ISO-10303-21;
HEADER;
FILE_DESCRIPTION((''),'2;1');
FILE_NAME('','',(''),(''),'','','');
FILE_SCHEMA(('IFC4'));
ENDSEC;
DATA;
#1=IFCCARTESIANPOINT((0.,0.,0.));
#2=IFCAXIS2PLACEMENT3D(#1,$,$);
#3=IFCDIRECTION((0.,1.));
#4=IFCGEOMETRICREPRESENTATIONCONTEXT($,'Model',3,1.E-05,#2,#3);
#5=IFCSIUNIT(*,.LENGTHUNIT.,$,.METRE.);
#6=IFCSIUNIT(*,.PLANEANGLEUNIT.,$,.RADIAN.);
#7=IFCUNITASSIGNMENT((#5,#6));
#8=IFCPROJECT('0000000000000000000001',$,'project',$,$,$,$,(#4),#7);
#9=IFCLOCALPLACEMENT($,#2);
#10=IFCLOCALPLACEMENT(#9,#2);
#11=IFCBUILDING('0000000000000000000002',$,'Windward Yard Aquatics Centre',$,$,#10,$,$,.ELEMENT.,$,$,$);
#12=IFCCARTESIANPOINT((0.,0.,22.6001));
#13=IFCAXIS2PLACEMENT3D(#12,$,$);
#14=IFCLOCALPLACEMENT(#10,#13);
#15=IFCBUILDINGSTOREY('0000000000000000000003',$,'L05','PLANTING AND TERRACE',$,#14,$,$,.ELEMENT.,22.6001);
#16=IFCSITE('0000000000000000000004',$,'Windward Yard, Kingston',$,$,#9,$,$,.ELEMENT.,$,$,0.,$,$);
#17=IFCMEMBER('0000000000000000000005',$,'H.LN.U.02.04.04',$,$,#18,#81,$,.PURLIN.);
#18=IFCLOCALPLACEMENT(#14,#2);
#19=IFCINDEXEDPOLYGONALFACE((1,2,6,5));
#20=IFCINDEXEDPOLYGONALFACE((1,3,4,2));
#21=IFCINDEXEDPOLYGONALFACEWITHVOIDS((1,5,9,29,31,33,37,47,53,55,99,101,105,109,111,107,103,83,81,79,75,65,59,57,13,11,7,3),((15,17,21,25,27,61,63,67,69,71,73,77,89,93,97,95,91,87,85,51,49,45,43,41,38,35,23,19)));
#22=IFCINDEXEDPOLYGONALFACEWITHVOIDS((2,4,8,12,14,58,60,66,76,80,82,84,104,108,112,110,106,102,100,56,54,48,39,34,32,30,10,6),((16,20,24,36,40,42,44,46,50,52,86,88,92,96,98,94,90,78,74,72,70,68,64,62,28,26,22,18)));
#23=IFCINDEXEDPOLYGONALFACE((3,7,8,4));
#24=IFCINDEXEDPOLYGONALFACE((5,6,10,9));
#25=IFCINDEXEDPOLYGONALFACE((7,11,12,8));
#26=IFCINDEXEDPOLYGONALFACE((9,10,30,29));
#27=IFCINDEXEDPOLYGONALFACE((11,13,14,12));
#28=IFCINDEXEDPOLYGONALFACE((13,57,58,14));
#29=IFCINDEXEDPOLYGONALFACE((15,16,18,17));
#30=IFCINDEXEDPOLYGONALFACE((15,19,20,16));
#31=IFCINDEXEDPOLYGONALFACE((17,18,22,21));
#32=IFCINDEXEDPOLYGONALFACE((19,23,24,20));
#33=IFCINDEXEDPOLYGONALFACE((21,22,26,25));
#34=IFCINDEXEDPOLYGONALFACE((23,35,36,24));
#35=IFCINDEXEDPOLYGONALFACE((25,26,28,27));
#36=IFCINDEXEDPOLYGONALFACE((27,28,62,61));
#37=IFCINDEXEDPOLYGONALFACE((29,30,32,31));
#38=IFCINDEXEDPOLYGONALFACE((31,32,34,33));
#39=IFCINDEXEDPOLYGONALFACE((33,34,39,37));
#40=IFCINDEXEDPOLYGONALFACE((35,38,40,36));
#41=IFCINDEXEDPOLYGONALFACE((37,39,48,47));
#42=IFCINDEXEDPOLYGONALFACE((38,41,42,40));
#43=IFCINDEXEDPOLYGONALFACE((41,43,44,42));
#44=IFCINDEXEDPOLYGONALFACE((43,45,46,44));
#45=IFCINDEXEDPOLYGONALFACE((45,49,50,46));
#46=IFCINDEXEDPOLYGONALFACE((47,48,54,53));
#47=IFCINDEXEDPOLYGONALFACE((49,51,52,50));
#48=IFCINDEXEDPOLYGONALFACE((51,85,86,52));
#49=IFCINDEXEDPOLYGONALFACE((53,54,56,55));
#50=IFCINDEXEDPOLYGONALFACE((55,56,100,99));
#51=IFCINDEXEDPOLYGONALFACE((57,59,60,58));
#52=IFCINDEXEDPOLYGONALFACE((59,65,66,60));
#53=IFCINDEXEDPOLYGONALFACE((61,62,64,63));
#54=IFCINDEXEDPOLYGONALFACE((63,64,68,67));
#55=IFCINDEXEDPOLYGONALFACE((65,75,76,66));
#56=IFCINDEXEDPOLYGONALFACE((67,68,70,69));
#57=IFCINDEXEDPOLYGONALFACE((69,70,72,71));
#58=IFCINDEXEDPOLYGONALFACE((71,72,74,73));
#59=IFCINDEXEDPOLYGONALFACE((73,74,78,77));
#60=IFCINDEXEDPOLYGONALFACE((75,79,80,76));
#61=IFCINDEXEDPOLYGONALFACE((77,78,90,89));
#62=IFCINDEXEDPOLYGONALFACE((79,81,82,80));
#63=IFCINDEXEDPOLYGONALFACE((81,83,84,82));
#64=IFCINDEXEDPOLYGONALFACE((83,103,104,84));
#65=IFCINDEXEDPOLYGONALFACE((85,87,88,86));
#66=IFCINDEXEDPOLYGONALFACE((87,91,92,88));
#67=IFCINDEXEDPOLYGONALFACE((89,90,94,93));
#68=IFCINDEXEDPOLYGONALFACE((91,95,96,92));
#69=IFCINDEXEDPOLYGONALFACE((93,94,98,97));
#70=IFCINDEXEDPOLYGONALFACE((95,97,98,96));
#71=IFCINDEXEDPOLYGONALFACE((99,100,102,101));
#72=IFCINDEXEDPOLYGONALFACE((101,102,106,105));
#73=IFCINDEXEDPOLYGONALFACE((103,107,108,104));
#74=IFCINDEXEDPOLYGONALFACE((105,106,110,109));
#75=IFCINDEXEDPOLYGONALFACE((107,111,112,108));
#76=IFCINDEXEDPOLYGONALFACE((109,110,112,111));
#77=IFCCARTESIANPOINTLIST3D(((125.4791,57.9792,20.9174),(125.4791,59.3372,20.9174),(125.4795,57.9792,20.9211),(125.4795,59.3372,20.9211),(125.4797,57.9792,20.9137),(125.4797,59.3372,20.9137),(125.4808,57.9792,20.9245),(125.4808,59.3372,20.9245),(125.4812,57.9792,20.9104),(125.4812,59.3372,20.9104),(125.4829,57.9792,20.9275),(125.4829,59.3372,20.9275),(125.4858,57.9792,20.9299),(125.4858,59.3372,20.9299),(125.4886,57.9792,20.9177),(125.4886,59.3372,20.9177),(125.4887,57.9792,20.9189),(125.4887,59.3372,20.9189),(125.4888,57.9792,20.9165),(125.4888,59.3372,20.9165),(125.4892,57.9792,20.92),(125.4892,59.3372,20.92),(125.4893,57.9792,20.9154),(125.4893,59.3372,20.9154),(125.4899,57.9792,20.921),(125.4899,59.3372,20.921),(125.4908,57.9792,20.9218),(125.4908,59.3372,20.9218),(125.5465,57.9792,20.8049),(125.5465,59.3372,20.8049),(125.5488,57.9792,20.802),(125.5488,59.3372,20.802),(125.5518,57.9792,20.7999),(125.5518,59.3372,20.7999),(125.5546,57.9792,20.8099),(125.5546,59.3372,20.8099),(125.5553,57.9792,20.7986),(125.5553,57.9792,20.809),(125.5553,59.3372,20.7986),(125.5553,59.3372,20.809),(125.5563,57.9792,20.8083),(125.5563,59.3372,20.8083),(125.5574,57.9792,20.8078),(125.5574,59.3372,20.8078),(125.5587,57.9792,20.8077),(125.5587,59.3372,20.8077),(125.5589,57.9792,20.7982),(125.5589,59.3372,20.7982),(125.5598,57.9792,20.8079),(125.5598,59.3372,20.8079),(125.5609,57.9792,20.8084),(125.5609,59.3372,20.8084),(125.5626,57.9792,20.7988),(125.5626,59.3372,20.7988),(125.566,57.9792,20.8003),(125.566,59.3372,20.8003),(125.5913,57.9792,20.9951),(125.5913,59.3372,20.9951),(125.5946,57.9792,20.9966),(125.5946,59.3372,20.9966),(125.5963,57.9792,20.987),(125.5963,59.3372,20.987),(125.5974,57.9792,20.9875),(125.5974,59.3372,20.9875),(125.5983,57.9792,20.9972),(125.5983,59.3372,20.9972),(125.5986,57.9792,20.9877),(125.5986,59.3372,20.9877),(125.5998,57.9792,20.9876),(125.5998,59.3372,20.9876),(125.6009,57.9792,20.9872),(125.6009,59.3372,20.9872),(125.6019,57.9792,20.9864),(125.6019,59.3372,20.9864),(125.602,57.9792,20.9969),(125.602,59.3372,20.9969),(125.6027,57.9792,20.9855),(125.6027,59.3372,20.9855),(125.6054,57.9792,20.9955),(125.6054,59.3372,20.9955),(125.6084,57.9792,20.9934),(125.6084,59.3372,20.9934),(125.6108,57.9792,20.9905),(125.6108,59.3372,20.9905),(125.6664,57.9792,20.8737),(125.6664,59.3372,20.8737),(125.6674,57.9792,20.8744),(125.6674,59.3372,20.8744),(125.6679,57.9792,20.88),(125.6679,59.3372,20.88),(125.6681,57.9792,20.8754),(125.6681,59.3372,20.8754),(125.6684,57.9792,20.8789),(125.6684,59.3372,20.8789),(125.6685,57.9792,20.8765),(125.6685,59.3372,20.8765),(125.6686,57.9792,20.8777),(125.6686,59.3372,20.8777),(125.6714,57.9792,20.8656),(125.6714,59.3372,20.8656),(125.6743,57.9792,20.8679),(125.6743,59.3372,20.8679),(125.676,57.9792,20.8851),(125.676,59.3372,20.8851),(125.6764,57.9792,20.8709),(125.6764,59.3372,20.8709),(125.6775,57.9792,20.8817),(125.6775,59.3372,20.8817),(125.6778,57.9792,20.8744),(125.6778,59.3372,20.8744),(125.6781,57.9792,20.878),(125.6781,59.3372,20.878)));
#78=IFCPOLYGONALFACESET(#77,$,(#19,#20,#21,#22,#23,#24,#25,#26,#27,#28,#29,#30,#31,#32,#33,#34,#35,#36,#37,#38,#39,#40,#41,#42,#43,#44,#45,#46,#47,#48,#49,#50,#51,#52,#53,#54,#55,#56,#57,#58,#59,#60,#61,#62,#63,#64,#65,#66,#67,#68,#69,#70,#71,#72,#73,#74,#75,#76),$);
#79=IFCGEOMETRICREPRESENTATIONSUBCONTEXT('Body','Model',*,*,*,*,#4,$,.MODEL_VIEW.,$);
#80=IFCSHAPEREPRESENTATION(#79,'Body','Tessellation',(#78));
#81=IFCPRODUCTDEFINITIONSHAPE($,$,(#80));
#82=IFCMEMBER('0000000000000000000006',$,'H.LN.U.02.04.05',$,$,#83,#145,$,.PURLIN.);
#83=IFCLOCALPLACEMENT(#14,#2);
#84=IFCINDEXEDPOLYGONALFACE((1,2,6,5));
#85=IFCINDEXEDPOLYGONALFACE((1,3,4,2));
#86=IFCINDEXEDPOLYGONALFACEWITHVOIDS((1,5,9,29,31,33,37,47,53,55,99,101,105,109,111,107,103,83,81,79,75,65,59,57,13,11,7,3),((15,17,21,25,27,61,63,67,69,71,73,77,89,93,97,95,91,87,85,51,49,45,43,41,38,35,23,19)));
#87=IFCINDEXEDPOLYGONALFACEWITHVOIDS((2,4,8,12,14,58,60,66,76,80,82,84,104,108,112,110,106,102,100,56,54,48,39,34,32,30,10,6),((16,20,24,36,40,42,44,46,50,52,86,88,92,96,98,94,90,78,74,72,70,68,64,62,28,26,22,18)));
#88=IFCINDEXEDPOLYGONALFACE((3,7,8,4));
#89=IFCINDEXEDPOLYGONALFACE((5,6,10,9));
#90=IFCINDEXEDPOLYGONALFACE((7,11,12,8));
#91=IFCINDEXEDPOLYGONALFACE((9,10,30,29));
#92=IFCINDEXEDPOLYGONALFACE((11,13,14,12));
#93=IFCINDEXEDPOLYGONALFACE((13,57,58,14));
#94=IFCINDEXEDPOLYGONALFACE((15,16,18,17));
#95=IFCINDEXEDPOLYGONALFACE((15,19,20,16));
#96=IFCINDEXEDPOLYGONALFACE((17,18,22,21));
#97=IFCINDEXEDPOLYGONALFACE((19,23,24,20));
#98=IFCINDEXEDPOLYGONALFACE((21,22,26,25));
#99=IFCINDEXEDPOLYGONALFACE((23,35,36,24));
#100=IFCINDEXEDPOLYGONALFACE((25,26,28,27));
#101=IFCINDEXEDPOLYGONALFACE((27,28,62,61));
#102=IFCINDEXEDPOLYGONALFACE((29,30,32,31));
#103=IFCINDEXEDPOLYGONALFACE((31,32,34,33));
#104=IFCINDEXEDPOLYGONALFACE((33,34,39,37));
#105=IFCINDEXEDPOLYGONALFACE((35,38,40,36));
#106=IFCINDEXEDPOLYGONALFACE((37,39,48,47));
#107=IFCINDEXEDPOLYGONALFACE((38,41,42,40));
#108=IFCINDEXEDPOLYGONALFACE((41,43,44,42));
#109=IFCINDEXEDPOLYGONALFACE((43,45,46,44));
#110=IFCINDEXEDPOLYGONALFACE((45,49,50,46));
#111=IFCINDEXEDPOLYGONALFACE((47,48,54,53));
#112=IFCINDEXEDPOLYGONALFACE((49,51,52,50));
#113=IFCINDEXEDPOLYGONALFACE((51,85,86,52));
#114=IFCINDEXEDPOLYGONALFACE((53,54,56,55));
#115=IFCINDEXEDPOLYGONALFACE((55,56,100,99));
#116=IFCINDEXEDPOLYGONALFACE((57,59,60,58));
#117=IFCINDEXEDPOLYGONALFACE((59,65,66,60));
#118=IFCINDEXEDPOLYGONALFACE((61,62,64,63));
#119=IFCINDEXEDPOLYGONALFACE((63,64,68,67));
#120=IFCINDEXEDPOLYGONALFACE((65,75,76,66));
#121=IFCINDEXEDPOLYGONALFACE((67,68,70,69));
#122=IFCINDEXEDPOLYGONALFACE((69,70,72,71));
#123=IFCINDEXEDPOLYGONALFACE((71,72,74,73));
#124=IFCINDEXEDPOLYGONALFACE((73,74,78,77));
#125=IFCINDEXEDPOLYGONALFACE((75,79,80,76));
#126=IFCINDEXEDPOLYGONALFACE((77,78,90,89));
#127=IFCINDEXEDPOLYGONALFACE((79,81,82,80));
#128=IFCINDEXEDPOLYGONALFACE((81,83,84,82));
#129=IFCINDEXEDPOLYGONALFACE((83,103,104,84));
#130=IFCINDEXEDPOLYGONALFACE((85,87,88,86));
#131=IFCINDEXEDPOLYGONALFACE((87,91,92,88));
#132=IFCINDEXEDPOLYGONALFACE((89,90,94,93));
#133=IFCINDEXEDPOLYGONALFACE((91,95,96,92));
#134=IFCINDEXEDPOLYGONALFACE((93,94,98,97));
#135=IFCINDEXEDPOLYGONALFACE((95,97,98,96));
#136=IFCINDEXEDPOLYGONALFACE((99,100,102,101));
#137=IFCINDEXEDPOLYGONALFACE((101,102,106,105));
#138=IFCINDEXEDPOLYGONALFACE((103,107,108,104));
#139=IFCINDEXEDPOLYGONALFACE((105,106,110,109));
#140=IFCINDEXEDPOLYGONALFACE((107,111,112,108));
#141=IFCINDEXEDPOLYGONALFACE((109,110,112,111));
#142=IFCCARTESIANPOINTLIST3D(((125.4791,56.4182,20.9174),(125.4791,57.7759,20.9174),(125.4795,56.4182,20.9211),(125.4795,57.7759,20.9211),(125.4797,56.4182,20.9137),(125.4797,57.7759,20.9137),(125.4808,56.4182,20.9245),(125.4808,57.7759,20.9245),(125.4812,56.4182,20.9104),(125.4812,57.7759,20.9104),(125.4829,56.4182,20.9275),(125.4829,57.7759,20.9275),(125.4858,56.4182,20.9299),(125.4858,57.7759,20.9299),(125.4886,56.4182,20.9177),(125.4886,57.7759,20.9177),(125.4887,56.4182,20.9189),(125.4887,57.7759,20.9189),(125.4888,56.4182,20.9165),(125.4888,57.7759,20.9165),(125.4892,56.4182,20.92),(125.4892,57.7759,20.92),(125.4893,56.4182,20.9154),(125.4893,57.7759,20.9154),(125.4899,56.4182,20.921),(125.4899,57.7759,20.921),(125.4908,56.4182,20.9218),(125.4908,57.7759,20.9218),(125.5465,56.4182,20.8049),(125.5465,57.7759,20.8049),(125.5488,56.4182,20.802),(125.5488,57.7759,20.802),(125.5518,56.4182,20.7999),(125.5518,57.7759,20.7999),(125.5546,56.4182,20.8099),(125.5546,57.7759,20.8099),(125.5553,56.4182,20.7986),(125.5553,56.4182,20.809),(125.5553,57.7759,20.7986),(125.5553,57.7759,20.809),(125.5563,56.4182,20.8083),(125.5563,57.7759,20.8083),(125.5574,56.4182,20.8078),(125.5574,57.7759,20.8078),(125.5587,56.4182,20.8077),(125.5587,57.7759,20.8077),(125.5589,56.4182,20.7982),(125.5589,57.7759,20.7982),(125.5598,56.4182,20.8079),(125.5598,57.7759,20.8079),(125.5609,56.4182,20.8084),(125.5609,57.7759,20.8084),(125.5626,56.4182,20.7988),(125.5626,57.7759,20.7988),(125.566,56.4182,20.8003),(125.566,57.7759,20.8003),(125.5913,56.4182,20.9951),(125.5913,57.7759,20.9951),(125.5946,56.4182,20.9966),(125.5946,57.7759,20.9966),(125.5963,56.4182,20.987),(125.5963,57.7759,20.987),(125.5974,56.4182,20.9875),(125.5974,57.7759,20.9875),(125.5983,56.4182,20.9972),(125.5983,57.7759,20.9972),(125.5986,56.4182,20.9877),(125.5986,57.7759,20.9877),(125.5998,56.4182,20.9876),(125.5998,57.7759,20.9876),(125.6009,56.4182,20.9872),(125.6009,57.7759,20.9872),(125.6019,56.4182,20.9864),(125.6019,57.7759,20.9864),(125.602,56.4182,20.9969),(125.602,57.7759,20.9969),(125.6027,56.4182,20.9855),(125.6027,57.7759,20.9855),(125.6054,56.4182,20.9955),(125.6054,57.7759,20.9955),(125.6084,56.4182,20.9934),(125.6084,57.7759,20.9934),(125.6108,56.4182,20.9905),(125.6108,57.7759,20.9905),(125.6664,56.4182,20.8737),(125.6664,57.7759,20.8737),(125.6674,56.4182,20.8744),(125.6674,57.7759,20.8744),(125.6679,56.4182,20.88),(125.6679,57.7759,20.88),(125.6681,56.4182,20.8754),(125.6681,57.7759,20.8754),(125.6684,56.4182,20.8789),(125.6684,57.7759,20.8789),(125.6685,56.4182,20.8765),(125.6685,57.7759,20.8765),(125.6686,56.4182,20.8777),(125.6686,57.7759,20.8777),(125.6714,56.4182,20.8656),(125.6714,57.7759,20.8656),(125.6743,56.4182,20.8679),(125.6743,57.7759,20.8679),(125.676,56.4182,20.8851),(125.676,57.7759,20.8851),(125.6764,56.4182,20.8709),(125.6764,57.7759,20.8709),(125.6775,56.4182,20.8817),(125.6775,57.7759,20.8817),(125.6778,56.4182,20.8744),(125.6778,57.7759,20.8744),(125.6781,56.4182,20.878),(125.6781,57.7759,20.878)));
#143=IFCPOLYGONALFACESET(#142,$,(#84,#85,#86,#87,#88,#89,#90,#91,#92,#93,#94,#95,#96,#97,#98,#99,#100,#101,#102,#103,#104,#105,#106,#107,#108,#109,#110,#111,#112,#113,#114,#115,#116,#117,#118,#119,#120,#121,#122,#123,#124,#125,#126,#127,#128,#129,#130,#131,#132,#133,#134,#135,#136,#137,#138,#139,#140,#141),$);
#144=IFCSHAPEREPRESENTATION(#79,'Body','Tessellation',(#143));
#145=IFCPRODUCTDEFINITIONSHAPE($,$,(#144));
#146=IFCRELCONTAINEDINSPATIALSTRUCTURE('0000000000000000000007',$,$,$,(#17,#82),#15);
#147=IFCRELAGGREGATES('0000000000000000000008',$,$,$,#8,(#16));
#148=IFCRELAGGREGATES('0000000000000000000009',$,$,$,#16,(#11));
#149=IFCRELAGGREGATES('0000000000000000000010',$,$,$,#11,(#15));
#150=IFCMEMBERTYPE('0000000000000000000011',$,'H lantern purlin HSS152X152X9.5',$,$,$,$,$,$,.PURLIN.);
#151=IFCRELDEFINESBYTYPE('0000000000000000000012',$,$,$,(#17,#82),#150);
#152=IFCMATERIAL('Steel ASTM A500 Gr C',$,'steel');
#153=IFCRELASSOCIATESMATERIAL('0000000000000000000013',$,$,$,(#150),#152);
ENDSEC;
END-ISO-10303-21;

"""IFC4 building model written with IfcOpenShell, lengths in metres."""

from ifc_helpers import new_model, si_unit, direction, frame, origin, origin_2d, place, context, subcontext, project, spatial, hollow_rectangle, extrude, material, material_profile, profile_set, type_object, element, save


model = new_model("IFC4")

# Units and contexts
model_context = context("Model", 3, precision=1e-05, world=origin(), true_north=direction((0.0, 1.0)))
body_context = subcontext(model_context, "Body", "Model", "MODEL_VIEW")
ifc_project = project(units=[si_unit("LENGTHUNIT", "METRE"), si_unit("PLANEANGLEUNIT", "RADIAN")], contexts=[model_context])

# Site, building, storey
site_placement = place(None, origin())
site = spatial("IfcSite", under=ifc_project, at=site_placement, Name="Windward Yard, Kingston", CompositionType="ELEMENT", RefElevation=0.0)
building_placement = place(site_placement, origin())
building = spatial("IfcBuilding", under=site, at=building_placement, Name="Windward Yard Aquatics Centre", CompositionType="ELEMENT")
storey_placement = place(building_placement, frame((0.0, 0.0, 22.6001)))
storey = spatial("IfcBuildingStorey", under=building, at=storey_placement, Name="L05", Description="PLANTING AND TERRACE", CompositionType="ELEMENT", Elevation=22.6001)

# Members
ifc_material_1 = material(Name="Steel ASTM A500 Gr C", Category="steel")
ifc_material_profile = material_profile(ifc_material_1, hollow_rectangle(XDim=0.1523, YDim=0.1523, WallThickness=0.0095, InnerFilletRadius=0.0046, OuterFilletRadius=0.0142, at=origin_2d()), Name="HSS152X152X9.5")
ifc_profile_set = profile_set([ifc_material_profile], Name="Steel ASTM A500 Gr C")
member_type = type_object("IfcMemberType", Name="H lantern purlin HSS152X152X9.5", PredefinedType="PURLIN", material=ifc_profile_set)
member_1_placement = place(storey_placement, frame((125.5786, 59.3372, 20.8977), z_axis=(0.0, -1.0, 0.0), x_axis=(0.526172, 0.0, -0.850378)))
element("IfcMember", 1, at=member_1_placement, inside=storey, type_object=member_type, Name="H.LN.U.02.04.04", PredefinedType="PURLIN", context=body_context, shape_type="SweptSolid", body=[
    extrude(hollow_rectangle(XDim=0.1523, YDim=0.1523, WallThickness=0.0095, InnerFilletRadius=0.0046, OuterFilletRadius=0.0142, at=origin_2d()), origin(), (0.0, 0.0, 1.0), 1.3579),
])
member_2_placement = place(storey_placement, frame((125.5786, 57.7759, 20.8977), z_axis=(0.0, -1.0, 0.0), x_axis=(0.526172, 0.0, -0.850378)))
element("IfcMember", 2, at=member_2_placement, inside=storey, type_object=member_type, Name="H.LN.U.02.04.05", PredefinedType="PURLIN", context=body_context, shape_type="SweptSolid", body=[
    extrude(hollow_rectangle(XDim=0.1523, YDim=0.1523, WallThickness=0.0095, InnerFilletRadius=0.0046, OuterFilletRadius=0.0142, at=origin_2d()), origin(), (0.0, 0.0, 1.0), 1.3577),
])

save(model, "model.ifc")
